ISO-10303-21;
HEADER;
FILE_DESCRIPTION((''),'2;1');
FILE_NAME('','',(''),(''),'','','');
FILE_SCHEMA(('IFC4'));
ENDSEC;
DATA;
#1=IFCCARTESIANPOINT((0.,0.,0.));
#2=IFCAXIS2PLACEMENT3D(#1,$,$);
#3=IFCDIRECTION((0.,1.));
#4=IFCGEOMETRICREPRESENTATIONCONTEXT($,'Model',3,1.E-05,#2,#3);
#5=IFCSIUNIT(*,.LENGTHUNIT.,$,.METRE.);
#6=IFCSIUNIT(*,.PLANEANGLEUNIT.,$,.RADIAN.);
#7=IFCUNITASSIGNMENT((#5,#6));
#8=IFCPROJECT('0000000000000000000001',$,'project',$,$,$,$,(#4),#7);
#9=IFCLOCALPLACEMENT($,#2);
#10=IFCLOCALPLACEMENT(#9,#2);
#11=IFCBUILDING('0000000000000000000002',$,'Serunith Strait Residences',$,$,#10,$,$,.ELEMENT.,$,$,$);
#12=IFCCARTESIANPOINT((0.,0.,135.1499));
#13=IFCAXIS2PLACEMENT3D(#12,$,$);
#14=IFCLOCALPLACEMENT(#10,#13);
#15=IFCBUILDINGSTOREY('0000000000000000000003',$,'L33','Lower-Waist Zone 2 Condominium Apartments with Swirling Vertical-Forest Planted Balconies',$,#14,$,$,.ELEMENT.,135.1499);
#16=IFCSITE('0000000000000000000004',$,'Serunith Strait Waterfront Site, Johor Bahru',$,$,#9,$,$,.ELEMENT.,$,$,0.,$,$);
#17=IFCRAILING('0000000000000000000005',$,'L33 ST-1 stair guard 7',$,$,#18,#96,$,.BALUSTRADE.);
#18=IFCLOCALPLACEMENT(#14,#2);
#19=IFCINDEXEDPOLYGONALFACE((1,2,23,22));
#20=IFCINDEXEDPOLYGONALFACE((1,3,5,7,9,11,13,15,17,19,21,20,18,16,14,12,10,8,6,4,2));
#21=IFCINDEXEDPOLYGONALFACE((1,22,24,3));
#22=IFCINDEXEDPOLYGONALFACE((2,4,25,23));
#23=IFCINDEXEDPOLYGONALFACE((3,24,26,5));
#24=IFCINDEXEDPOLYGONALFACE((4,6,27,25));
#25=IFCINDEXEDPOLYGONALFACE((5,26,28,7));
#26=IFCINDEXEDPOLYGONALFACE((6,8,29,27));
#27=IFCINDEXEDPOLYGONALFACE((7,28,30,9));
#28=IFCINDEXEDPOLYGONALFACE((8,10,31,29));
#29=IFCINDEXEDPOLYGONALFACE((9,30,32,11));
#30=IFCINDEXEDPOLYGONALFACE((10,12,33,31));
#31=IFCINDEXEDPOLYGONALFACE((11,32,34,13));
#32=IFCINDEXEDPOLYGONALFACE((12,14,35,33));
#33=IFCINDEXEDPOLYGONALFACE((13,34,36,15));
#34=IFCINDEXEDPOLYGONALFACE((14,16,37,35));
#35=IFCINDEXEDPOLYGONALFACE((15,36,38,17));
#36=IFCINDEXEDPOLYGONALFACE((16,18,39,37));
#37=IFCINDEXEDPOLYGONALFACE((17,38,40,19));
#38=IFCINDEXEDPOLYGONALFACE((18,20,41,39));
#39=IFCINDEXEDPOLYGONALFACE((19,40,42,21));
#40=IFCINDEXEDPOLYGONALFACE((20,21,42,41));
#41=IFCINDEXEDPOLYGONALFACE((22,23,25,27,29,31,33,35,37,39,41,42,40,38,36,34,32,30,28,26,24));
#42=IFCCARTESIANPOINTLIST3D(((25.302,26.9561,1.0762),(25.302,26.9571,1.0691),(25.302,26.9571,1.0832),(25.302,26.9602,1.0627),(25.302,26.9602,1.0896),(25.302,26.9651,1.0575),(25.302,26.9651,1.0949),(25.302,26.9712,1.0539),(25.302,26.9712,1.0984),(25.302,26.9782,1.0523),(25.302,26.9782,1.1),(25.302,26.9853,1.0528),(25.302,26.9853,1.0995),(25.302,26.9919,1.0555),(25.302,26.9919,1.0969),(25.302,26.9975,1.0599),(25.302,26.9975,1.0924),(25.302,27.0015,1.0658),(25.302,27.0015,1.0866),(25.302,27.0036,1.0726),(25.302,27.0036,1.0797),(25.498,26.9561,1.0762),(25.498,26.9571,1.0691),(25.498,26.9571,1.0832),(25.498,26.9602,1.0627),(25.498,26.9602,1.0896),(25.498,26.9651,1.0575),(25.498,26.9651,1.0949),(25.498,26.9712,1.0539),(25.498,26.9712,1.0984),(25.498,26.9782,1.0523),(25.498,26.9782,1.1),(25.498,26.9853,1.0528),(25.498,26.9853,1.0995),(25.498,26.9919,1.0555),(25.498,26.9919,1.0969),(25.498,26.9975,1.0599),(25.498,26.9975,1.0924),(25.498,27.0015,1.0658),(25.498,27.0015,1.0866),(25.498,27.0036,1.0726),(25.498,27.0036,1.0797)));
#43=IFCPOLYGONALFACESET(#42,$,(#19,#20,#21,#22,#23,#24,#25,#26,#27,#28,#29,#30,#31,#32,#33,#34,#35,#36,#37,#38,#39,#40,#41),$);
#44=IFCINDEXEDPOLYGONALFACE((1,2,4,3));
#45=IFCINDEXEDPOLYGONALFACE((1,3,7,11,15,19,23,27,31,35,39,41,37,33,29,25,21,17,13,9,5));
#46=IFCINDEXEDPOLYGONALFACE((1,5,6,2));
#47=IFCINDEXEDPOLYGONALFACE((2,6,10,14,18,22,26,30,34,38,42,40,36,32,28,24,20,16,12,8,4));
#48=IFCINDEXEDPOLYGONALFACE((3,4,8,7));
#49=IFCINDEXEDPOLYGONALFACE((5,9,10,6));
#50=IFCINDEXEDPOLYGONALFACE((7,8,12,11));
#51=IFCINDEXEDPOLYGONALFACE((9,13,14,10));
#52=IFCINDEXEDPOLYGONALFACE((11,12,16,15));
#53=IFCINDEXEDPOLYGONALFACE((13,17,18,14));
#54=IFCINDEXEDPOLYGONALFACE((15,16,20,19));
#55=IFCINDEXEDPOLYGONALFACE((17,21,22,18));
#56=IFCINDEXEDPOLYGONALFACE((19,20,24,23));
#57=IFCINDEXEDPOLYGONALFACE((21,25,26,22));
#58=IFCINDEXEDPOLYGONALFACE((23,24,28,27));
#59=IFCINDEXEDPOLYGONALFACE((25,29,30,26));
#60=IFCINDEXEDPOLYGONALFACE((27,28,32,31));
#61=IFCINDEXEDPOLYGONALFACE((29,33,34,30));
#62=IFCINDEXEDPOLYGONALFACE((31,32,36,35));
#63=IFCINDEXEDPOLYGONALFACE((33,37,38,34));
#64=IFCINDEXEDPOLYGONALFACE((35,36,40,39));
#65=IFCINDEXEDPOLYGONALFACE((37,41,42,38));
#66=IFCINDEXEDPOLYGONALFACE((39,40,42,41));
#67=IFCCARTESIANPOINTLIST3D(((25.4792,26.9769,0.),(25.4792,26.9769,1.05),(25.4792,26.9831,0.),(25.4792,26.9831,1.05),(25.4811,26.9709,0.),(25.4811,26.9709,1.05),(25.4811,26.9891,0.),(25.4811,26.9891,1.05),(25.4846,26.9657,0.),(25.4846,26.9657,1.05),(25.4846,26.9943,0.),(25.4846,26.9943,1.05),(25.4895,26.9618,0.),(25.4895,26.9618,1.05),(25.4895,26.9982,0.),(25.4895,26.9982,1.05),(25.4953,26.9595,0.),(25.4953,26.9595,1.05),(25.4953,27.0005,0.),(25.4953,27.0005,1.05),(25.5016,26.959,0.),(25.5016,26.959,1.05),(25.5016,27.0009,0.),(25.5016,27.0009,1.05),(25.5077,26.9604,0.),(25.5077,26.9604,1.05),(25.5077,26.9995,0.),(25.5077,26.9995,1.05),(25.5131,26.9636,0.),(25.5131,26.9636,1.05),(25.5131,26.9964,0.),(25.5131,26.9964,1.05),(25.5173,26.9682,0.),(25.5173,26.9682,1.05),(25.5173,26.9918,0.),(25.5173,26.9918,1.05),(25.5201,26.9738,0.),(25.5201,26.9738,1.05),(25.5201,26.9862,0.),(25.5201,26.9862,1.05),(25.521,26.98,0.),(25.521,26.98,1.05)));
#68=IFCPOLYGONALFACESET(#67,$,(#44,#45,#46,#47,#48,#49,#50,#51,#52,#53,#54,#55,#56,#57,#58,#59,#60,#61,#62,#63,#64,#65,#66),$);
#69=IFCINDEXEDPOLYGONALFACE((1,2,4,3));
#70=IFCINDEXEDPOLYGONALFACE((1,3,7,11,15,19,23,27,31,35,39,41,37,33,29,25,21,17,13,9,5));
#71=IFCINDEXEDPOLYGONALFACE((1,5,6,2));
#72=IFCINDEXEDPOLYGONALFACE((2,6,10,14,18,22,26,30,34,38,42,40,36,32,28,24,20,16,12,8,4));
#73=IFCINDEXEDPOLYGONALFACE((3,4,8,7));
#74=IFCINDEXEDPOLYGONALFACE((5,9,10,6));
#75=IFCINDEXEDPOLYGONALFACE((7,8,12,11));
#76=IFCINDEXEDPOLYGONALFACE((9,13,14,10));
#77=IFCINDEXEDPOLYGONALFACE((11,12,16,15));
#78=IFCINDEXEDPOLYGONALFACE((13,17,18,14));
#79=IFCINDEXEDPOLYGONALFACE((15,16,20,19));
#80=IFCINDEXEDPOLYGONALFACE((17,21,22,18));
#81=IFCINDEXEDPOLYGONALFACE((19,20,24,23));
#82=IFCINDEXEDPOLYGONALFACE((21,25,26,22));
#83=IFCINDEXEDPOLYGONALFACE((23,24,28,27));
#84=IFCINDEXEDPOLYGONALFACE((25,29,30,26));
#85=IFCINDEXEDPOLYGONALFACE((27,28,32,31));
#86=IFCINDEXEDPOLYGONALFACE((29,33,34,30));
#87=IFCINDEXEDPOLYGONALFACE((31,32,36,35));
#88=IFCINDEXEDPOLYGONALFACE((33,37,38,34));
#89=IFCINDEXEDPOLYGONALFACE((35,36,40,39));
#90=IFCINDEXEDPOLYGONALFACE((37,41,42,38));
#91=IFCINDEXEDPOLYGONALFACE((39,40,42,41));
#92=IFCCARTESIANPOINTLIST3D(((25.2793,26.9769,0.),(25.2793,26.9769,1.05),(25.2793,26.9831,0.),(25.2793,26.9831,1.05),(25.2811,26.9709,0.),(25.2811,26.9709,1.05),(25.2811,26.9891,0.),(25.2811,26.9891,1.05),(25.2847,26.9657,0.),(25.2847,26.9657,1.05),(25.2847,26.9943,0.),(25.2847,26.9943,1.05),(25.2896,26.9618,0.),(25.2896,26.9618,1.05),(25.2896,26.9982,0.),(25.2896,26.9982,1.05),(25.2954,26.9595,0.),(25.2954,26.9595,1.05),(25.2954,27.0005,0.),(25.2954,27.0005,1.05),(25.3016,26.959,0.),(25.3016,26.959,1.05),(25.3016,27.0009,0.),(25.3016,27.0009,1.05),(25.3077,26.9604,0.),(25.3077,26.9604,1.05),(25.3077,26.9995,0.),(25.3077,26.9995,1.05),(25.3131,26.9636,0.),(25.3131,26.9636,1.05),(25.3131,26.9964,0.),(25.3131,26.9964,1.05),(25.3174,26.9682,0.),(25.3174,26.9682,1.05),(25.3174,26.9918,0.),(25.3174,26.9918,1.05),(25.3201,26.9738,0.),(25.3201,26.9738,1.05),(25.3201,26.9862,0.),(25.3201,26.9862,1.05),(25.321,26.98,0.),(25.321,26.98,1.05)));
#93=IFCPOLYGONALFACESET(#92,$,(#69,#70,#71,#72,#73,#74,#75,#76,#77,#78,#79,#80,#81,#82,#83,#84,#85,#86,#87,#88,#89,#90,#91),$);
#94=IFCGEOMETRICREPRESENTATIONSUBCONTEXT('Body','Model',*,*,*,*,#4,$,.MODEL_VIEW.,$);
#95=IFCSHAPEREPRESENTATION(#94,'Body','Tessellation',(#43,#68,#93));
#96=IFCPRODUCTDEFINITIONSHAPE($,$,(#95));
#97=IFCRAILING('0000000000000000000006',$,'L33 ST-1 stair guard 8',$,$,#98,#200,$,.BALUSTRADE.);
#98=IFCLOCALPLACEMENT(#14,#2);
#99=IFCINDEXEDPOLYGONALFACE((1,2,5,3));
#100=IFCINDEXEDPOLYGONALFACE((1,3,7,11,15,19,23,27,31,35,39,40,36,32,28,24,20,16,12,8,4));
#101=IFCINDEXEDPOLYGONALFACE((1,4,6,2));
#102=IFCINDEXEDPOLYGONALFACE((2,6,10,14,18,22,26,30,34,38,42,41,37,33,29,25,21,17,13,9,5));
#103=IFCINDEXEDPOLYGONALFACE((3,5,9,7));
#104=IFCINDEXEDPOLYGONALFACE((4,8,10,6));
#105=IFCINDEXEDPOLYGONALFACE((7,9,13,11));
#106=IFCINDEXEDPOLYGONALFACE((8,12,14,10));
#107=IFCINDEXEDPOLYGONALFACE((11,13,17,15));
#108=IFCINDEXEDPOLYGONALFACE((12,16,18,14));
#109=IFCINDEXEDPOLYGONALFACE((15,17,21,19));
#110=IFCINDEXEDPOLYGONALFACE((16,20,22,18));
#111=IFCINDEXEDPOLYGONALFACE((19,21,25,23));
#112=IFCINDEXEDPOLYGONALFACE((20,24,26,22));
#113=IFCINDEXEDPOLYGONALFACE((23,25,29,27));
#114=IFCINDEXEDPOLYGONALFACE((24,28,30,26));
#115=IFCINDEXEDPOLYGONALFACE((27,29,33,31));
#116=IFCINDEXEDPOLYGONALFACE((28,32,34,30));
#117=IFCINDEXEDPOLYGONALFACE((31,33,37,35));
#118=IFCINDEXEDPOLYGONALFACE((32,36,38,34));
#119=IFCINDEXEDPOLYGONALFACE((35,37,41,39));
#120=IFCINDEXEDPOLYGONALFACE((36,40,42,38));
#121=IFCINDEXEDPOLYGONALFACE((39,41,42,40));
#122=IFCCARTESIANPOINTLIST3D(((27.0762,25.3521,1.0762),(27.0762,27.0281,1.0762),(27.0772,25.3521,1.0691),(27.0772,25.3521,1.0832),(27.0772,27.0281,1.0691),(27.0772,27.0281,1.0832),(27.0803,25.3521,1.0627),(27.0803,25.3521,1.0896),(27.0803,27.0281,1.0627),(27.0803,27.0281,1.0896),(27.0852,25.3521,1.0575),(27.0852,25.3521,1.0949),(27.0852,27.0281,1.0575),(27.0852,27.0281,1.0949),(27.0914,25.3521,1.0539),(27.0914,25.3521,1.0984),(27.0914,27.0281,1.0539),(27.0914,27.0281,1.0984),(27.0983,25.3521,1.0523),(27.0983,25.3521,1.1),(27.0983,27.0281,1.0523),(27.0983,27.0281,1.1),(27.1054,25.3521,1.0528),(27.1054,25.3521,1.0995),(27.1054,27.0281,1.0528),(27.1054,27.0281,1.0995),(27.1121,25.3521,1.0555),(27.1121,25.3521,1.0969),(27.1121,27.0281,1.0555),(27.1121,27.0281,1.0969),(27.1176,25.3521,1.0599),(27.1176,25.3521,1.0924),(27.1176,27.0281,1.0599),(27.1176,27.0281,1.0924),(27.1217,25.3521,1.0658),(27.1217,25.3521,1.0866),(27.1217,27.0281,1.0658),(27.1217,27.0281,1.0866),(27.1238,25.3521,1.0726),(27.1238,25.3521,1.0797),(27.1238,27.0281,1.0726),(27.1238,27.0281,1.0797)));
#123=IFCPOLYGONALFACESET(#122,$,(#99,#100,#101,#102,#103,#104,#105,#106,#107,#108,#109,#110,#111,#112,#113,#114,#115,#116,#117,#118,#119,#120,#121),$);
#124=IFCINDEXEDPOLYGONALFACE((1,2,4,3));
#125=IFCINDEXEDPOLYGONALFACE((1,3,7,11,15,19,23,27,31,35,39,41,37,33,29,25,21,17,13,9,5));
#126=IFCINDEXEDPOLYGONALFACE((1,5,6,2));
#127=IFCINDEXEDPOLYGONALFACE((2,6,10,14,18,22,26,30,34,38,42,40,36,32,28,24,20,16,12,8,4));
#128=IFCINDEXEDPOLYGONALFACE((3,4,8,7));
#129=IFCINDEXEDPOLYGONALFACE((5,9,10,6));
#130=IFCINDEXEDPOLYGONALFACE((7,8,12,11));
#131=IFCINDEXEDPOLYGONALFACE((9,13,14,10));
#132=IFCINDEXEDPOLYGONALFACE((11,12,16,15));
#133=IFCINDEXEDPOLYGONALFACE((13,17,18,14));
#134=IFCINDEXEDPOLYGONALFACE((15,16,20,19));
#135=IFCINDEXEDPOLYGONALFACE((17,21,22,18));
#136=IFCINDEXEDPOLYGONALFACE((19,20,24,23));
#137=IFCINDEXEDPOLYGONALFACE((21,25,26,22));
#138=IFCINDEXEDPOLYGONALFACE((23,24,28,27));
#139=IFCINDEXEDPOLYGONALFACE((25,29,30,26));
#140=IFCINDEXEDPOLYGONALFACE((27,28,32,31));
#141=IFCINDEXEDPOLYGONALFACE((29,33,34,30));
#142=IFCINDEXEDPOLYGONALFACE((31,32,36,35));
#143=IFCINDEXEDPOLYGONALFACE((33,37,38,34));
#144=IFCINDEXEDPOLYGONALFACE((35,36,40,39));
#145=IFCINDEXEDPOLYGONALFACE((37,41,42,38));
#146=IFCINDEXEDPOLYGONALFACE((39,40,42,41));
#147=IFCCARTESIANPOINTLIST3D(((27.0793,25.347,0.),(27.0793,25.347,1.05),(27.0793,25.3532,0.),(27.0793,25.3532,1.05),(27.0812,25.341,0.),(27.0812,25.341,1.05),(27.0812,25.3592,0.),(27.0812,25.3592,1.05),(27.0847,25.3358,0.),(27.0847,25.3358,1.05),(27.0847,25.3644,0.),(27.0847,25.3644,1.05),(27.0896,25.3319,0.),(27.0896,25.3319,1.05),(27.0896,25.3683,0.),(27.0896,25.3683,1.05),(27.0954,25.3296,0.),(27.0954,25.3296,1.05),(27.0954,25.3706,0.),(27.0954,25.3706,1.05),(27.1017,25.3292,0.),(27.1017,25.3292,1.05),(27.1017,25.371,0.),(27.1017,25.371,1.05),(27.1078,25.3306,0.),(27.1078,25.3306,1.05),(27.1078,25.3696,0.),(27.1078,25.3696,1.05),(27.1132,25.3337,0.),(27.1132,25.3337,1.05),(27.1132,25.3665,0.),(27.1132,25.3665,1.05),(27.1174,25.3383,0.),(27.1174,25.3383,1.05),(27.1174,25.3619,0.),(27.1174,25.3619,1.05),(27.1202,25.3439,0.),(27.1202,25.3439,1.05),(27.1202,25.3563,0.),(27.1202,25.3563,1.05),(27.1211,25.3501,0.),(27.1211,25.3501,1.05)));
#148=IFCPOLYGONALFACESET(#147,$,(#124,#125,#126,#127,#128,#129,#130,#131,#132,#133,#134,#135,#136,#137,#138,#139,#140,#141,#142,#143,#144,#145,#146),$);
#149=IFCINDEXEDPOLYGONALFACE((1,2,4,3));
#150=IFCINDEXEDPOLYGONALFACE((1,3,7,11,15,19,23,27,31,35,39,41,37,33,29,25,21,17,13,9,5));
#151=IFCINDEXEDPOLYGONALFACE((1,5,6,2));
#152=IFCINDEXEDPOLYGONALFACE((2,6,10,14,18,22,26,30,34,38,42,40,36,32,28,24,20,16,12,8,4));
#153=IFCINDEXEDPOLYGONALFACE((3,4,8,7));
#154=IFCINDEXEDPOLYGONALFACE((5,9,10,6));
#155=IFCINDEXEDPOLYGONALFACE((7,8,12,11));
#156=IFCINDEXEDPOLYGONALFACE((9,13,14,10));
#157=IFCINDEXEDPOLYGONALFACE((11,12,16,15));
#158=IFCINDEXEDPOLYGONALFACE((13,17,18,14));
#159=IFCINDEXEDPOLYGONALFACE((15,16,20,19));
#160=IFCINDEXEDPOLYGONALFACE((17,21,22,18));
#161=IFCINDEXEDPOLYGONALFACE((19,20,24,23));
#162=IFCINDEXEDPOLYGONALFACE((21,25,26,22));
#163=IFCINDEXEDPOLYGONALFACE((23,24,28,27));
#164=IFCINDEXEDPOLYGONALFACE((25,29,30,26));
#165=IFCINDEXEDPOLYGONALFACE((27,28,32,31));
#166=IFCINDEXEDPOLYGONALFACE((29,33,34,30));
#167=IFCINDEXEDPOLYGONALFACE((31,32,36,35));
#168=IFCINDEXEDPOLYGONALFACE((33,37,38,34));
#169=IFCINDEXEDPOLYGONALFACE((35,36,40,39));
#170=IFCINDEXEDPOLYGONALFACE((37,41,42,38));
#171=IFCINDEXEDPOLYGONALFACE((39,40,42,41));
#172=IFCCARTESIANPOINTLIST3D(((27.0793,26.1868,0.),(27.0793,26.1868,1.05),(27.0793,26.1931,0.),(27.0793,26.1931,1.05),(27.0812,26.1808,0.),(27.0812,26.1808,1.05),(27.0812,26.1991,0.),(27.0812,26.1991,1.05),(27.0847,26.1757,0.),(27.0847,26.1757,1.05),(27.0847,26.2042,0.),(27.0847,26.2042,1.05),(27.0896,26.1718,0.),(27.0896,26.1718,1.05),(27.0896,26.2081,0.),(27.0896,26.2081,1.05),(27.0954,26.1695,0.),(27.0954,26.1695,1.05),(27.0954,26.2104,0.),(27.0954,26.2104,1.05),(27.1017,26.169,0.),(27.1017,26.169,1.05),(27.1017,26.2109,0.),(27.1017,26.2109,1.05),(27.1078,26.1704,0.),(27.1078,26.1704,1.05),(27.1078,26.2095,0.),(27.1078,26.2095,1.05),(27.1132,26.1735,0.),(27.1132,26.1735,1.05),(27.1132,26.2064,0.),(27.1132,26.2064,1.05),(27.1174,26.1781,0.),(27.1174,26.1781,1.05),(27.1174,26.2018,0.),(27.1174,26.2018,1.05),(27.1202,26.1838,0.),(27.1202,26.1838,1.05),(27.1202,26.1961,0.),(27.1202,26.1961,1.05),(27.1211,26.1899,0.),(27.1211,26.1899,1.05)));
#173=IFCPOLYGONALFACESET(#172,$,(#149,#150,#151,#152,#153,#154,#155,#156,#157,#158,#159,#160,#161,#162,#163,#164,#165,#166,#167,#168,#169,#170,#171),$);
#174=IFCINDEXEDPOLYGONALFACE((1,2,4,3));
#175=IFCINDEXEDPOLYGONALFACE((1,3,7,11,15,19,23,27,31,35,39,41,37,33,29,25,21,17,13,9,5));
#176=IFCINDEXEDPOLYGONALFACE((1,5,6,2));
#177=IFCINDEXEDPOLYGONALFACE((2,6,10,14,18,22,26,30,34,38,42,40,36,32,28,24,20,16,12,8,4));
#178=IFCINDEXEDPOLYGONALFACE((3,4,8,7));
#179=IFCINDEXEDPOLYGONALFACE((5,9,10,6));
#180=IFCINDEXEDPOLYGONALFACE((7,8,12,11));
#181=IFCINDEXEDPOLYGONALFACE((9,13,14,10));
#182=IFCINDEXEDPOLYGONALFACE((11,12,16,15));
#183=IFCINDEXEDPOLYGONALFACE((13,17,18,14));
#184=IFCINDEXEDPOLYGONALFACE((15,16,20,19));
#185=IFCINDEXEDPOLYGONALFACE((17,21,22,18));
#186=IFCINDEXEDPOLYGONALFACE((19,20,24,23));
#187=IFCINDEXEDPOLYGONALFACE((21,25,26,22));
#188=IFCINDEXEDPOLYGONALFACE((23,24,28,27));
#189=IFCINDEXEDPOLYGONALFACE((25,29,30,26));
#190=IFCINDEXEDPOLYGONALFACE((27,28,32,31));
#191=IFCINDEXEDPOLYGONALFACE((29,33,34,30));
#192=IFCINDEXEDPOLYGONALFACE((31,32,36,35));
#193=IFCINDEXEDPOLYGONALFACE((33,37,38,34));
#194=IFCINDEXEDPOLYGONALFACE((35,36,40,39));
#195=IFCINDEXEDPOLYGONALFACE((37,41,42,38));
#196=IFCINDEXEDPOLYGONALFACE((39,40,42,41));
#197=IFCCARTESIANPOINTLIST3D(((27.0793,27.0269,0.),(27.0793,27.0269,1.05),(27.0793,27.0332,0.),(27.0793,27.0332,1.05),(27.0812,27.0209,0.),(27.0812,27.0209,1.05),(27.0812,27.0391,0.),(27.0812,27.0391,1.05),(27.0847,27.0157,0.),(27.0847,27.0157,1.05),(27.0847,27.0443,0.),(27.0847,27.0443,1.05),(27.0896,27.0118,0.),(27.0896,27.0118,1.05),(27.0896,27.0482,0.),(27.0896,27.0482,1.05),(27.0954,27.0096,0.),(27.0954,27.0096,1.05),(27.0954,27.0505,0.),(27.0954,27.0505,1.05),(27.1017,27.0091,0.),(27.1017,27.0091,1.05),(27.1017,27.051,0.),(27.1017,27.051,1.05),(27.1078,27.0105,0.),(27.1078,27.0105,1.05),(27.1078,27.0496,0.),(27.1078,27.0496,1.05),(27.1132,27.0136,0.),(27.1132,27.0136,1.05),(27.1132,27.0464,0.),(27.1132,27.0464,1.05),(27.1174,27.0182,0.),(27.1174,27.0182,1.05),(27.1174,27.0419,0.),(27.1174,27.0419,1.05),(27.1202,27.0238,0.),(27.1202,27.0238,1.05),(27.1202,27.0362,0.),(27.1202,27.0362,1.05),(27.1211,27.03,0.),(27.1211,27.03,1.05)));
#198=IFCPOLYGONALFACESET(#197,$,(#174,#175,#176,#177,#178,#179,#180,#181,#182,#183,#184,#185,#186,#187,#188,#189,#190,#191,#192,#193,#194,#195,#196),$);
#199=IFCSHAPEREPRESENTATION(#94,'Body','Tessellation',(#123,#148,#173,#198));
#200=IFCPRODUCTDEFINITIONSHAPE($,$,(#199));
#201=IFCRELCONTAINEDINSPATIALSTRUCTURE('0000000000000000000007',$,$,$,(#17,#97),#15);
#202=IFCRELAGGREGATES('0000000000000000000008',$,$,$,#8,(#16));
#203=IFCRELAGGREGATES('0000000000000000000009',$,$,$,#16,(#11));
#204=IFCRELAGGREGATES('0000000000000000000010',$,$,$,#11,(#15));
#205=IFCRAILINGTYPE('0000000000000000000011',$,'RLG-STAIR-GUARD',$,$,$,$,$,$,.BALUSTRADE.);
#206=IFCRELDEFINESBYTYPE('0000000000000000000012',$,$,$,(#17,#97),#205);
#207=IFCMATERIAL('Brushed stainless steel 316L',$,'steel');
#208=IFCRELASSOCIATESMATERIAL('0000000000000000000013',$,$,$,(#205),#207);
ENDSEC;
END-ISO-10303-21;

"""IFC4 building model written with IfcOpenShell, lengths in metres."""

from ifc_helpers import new_model, si_unit, direction, frame, origin, origin_2d, place, context, subcontext, project, spatial, circle, extrude, material, type_object, element, save


model = new_model("IFC4")

# Units and contexts
model_context = context("Model", 3, precision=1e-05, world=origin(), true_north=direction((0.0, 1.0)))
body_context = subcontext(model_context, "Body", "Model", "MODEL_VIEW")
ifc_project = project(units=[si_unit("LENGTHUNIT", "METRE"), si_unit("PLANEANGLEUNIT", "RADIAN")], contexts=[model_context])

# Site, building, storey
site_placement = place(None, origin())
site = spatial("IfcSite", under=ifc_project, at=site_placement, Name="Serunith Strait Waterfront Site, Johor Bahru", CompositionType="ELEMENT", RefElevation=0.0)
building_placement = place(site_placement, origin())
building = spatial("IfcBuilding", under=site, at=building_placement, Name="Serunith Strait Residences", CompositionType="ELEMENT")
storey_placement = place(building_placement, frame((0.0, 0.0, 135.1499)))
storey = spatial("IfcBuildingStorey", under=building, at=storey_placement, Name="L33", Description="Lower-Waist Zone 2 Condominium Apartments with Swirling Vertical-Forest Planted Balconies", CompositionType="ELEMENT", Elevation=135.1499)

# Railings
ifc_material_1 = material(Name="Brushed stainless steel 316L", Category="steel")
railing_type_1 = type_object("IfcRailingType", Name="RLG-STAIR-GUARD", PredefinedType="BALUSTRADE", material=ifc_material_1)
railing_1_placement = place(storey_placement, frame((25.5, 26.98, 0.0)))
element("IfcRailing", 1, at=railing_1_placement, inside=storey, type_object=railing_type_1, Name="L33 ST-1 stair guard 7", PredefinedType="BALUSTRADE", context=body_context, shape_type="SweptSolid", body=[
    extrude(circle(Radius=0.0239, at=origin_2d()), frame((-0.002, 0.0, 1.0762), z_axis=(-1.0, 0.0, 0.0), x_axis=(0.0, -1.0, 0.0)), (0.0, 0.0, 1.0), 0.196),
    extrude(circle(Radius=0.021, at=origin_2d()), origin(), (0.0, 0.0, 1.0), 1.05),
    extrude(circle(Radius=0.021, at=origin_2d()), frame((-0.2, 0.0, 0.0)), (0.0, 0.0, 1.0), 1.05),
])
for number, where, name in (
    (2, (27.1001, 25.3501, 0.0), "L33 ST-1 stair guard 8"),
):
    element("IfcRailing", number, at=place(storey_placement, frame(where)), inside=storey, type_object=railing_type_1, Name=name, PredefinedType="BALUSTRADE", context=body_context, shape_type="SweptSolid", body=[
        extrude(circle(Radius=0.0239, at=origin_2d()), frame((0.0, 0.002, 1.0762), z_axis=(0.0, 1.0, 0.0), x_axis=(-1.0, 0.0, 0.0)), (0.0, 0.0, 1.0), 1.676),
        extrude(circle(Radius=0.021, at=origin_2d()), origin(), (0.0, 0.0, 1.0), 1.05),
        extrude(circle(Radius=0.021, at=origin_2d()), frame((0.0, 0.8398, 0.0)), (0.0, 0.0, 1.0), 1.05),
        extrude(circle(Radius=0.021, at=origin_2d()), frame((0.0, 1.6799, 0.0)), (0.0, 0.0, 1.0), 1.05),
    ])

save(model, "model.ifc")
